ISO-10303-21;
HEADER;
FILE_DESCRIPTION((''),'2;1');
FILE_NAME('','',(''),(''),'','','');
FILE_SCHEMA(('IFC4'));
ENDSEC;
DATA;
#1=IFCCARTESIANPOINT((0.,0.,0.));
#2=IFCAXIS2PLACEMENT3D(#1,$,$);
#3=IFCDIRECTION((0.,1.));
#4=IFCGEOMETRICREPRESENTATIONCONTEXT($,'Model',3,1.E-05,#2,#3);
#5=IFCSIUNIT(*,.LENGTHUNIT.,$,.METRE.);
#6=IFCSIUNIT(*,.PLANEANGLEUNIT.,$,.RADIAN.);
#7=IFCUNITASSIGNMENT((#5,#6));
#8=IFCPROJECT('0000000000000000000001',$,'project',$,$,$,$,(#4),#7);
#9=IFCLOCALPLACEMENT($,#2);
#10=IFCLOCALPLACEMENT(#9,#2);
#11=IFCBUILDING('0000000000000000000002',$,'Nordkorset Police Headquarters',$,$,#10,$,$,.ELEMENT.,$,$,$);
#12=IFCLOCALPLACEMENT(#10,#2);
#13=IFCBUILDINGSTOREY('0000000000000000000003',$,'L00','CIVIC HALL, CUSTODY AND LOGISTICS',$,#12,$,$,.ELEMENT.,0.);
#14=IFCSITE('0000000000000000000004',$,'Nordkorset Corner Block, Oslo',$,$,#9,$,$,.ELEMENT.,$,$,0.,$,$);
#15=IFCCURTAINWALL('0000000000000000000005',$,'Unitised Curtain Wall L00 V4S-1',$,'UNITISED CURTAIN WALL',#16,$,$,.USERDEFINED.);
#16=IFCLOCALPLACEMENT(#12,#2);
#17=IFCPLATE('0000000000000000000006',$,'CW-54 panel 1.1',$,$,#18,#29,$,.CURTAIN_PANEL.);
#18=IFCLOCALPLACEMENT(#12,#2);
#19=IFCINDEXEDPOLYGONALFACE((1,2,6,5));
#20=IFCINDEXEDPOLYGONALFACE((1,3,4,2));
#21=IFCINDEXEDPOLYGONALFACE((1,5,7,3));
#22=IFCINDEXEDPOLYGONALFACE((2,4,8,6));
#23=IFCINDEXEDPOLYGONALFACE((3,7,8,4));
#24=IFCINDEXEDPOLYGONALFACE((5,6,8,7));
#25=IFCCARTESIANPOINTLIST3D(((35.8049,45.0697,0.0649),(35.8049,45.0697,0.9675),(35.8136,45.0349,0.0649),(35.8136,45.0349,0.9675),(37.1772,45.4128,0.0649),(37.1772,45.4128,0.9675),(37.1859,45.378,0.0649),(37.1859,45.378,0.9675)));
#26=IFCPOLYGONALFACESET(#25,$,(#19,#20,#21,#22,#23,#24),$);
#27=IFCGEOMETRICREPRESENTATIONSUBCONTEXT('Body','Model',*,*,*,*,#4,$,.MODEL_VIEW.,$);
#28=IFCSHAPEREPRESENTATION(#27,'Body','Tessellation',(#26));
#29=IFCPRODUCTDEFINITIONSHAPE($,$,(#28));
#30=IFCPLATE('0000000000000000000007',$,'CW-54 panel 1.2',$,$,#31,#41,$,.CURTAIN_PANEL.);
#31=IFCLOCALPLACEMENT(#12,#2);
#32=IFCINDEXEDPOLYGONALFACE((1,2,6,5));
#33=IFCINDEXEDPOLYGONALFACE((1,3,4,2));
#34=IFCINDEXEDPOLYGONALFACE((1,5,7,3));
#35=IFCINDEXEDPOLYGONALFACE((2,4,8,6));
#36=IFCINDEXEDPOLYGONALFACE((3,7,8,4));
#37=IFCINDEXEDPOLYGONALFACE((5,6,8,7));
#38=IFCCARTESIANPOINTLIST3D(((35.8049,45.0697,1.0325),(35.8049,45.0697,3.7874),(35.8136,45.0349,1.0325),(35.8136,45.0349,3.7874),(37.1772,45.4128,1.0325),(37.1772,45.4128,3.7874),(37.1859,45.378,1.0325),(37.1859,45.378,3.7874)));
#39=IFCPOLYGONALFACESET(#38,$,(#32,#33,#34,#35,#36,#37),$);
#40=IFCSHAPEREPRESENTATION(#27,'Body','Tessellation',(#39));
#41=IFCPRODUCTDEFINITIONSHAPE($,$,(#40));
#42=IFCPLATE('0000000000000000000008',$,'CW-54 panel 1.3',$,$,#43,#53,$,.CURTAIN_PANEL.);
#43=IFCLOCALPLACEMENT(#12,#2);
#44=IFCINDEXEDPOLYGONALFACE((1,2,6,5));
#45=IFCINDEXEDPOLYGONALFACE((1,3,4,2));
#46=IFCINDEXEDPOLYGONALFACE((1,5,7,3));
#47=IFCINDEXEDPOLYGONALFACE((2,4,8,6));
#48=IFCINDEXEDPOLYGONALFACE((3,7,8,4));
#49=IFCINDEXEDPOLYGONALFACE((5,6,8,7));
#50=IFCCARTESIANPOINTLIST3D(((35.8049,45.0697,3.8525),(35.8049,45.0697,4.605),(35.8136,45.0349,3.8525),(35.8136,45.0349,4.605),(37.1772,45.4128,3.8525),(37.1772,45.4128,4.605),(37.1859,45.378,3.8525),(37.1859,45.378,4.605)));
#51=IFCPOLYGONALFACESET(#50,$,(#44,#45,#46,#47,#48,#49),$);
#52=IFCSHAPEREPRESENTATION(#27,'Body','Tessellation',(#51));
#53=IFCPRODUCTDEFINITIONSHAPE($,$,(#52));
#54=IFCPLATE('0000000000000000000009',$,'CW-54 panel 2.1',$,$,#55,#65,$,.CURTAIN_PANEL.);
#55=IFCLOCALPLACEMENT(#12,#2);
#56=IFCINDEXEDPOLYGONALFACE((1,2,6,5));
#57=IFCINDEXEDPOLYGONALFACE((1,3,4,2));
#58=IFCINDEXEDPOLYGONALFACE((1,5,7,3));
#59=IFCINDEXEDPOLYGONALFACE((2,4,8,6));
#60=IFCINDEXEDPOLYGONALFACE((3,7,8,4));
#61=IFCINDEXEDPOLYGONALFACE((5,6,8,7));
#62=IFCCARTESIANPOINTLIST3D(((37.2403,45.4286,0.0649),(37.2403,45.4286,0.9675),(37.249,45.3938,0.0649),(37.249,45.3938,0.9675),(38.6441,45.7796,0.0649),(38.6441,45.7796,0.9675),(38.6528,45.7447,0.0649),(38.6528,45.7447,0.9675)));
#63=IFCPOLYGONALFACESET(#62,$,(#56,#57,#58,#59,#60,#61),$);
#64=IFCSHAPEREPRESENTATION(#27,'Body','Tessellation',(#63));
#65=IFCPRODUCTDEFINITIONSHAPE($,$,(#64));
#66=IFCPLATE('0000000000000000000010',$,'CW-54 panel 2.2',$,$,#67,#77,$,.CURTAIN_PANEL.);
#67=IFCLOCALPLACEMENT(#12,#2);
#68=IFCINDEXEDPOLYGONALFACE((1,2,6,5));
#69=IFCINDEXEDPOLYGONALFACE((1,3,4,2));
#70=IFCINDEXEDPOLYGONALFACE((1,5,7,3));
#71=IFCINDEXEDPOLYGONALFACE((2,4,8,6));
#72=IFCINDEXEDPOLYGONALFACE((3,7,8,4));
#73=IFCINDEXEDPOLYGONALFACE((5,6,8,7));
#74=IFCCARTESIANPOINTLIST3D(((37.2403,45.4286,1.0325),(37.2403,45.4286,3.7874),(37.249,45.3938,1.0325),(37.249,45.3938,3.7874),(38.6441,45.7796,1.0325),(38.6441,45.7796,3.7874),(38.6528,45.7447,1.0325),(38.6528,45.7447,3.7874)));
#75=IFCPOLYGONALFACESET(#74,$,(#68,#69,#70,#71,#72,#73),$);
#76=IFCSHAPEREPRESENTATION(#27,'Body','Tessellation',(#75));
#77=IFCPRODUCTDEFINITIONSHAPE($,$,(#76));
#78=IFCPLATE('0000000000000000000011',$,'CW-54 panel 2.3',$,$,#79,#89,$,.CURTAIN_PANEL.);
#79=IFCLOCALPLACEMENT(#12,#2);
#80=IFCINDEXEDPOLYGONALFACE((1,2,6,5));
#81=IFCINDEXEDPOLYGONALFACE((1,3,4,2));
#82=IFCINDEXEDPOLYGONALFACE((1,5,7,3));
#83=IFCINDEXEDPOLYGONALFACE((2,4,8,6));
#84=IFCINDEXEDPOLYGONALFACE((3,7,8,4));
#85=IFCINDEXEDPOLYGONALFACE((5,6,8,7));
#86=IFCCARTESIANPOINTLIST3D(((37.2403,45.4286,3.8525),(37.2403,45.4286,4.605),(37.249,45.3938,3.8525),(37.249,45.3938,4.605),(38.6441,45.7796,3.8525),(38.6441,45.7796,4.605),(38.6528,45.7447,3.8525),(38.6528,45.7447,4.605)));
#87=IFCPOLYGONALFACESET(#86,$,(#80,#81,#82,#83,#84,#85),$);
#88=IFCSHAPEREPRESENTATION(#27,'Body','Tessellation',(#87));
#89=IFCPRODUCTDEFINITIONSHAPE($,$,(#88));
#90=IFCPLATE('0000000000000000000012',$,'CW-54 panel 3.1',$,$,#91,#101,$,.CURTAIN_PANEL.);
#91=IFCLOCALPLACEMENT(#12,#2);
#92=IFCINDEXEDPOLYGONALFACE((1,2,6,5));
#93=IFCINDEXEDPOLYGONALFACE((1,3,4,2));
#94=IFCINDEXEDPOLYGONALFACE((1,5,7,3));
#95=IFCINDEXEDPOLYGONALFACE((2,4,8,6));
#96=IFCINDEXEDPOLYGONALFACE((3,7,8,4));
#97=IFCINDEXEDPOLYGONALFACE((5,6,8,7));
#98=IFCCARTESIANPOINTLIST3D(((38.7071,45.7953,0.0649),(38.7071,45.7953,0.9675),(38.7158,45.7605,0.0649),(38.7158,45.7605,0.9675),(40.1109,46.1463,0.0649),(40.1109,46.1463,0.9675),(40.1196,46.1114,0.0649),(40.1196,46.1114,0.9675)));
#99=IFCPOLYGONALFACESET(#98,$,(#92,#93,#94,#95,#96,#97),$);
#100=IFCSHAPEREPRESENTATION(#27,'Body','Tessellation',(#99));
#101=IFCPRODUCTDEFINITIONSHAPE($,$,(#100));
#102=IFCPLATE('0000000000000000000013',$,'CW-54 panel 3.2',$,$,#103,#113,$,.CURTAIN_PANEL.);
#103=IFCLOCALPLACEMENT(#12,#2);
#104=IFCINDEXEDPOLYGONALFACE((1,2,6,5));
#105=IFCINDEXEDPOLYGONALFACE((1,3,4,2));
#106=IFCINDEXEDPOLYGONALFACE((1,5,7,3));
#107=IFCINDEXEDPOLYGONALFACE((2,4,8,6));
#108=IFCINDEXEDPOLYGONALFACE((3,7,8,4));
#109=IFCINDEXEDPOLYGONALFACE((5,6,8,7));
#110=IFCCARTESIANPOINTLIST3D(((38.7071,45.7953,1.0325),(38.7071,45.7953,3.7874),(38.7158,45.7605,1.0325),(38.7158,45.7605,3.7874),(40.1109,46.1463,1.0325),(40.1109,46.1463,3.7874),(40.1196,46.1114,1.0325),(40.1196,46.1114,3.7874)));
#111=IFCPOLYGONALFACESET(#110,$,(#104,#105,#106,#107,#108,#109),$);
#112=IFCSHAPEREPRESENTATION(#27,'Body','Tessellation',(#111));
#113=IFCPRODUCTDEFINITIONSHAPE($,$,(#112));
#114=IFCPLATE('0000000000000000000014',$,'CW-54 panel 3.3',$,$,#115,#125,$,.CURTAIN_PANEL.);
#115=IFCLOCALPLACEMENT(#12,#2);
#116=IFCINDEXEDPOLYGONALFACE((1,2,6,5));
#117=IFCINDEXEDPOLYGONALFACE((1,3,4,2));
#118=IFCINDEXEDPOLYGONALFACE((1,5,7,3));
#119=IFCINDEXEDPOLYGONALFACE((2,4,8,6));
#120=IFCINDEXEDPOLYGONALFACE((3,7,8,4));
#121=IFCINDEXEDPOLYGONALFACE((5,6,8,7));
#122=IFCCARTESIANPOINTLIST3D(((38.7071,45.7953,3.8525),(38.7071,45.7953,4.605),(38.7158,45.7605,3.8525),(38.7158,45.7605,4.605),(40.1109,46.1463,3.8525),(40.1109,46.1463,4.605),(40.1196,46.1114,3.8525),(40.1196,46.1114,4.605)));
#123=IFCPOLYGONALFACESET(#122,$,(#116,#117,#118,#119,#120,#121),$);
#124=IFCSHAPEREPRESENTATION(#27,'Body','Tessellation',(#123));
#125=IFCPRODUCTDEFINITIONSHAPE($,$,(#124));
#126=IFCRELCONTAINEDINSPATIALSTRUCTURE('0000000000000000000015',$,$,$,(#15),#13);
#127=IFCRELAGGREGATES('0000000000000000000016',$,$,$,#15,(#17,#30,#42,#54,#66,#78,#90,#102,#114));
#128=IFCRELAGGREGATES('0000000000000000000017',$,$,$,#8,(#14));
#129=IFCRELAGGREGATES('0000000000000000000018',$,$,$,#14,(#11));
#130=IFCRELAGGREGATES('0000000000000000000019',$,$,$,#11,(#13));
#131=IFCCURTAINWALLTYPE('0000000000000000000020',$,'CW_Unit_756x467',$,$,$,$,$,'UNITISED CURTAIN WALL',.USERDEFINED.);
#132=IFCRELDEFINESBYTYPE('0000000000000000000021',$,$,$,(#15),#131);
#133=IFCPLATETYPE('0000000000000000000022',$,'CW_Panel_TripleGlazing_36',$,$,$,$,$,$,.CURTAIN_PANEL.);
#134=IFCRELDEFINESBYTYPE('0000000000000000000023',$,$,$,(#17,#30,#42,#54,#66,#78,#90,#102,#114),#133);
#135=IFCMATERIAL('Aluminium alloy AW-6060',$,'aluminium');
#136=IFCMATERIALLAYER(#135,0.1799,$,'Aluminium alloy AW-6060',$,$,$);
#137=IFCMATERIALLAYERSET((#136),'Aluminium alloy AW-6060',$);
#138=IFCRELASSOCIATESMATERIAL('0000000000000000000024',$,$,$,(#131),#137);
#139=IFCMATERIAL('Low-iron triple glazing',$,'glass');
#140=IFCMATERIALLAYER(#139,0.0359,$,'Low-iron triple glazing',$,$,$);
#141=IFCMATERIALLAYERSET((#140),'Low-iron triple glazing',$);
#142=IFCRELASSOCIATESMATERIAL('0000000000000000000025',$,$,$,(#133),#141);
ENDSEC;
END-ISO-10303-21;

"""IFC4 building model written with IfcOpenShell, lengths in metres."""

from ifc_helpers import new_model, si_unit, direction, frame, origin, origin_2d, place, context, subcontext, project, spatial, rectangle, extrude, material, layer, layer_set, type_object, element, aggregate, save


model = new_model("IFC4")

# Units and contexts
model_context = context("Model", 3, precision=1e-05, world=origin(), true_north=direction((0.0, 1.0)))
body_context = subcontext(model_context, "Body", "Model", "MODEL_VIEW")
ifc_project = project(units=[si_unit("LENGTHUNIT", "METRE"), si_unit("PLANEANGLEUNIT", "RADIAN")], contexts=[model_context])

# Site, building, storey
site_placement = place(None, origin())
site = spatial("IfcSite", under=ifc_project, at=site_placement, Name="Nordkorset Corner Block, Oslo", CompositionType="ELEMENT", RefElevation=0.0)
building_placement = place(site_placement, origin())
building = spatial("IfcBuilding", under=site, at=building_placement, Name="Nordkorset Police Headquarters", CompositionType="ELEMENT")
storey_placement = place(building_placement, origin())
storey = spatial("IfcBuildingStorey", under=building, at=storey_placement, Name="L00", Description="CIVIC HALL, CUSTODY AND LOGISTICS", CompositionType="ELEMENT", Elevation=0.0)

# Curtain wall, plates
ifc_material_1 = material(Name="Aluminium alloy AW-6060", Category="aluminium")
ifc_layer_1 = layer(ifc_material_1, 0.1799, Name="Aluminium alloy AW-6060")
ifc_layer_set_1 = layer_set([ifc_layer_1], Name="Aluminium alloy AW-6060")
curtain_wall_type = type_object("IfcCurtainWallType", Name="CW_Unit_756x467", ElementType="UNITISED CURTAIN WALL", PredefinedType="USERDEFINED", material=ifc_layer_set_1)
curtain_wall_placement = place(storey_placement, origin())
curtain_wall = element("IfcCurtainWall", 1, at=curtain_wall_placement, inside=storey, type_object=curtain_wall_type, Name="Unitised Curtain Wall L00 V4S-1", ObjectType="UNITISED CURTAIN WALL", PredefinedType="USERDEFINED")
ifc_material_2 = material(Name="Low-iron triple glazing", Category="glass")
ifc_layer_2 = layer(ifc_material_2, 0.0359, Name="Low-iron triple glazing")
ifc_layer_set_2 = layer_set([ifc_layer_2], Name="Low-iron triple glazing")
plate_type = type_object("IfcPlateType", Name="CW_Panel_TripleGlazing_36", PredefinedType="CURTAIN_PANEL", material=ifc_layer_set_2)
plate_1_placement = place(storey_placement, frame((36.4954, 45.2239, 0.0649), z_axis=(0.0, 0.0, 1.0), x_axis=(0.970143, 0.242536, 0.0)))
plate_1 = element("IfcPlate", 2, at=plate_1_placement, type_object=plate_type, Name="CW-54 panel 1.1", PredefinedType="CURTAIN_PANEL", context=body_context, shape_type="SweptSolid", body=[
    extrude(rectangle(XDim=1.4146, YDim=0.0359, at=origin_2d()), origin(), (0.0, 0.0, 1.0), 0.9026),
])
plate_2_placement = place(storey_placement, frame((36.4954, 45.2239, 1.0325), z_axis=(0.0, 0.0, 1.0), x_axis=(0.970143, 0.242536, 0.0)))
plate_2 = element("IfcPlate", 3, at=plate_2_placement, type_object=plate_type, Name="CW-54 panel 1.2", PredefinedType="CURTAIN_PANEL", context=body_context, shape_type="SweptSolid", body=[
    extrude(rectangle(XDim=1.4146, YDim=0.0359, at=origin_2d()), origin(), (0.0, 0.0, 1.0), 2.7549),
])
plate_3_placement = place(storey_placement, frame((36.4954, 45.2239, 3.8525), z_axis=(0.0, 0.0, 1.0), x_axis=(0.970143, 0.242536, 0.0)))
plate_3 = element("IfcPlate", 4, at=plate_3_placement, type_object=plate_type, Name="CW-54 panel 1.3", PredefinedType="CURTAIN_PANEL", context=body_context, shape_type="SweptSolid", body=[
    extrude(rectangle(XDim=1.4146, YDim=0.0359, at=origin_2d()), origin(), (0.0, 0.0, 1.0), 0.7524),
])
plate_4_placement = place(storey_placement, frame((37.9465, 45.5867, 0.0649), z_axis=(0.0, 0.0, 1.0), x_axis=(0.970143, 0.242536, 0.0)))
plate_4 = element("IfcPlate", 5, at=plate_4_placement, type_object=plate_type, Name="CW-54 panel 2.1", PredefinedType="CURTAIN_PANEL", context=body_context, shape_type="SweptSolid", body=[
    extrude(rectangle(XDim=1.447, YDim=0.0359, at=origin_2d()), origin(), (0.0, 0.0, 1.0), 0.9026),
])
plate_5_placement = place(storey_placement, frame((37.9465, 45.5867, 1.0325), z_axis=(0.0, 0.0, 1.0), x_axis=(0.970143, 0.242536, 0.0)))
plate_5 = element("IfcPlate", 6, at=plate_5_placement, type_object=plate_type, Name="CW-54 panel 2.2", PredefinedType="CURTAIN_PANEL", context=body_context, shape_type="SweptSolid", body=[
    extrude(rectangle(XDim=1.447, YDim=0.0359, at=origin_2d()), origin(), (0.0, 0.0, 1.0), 2.7549),
])
plate_6_placement = place(storey_placement, frame((37.9465, 45.5867, 3.8525), z_axis=(0.0, 0.0, 1.0), x_axis=(0.970143, 0.242536, 0.0)))
plate_6 = element("IfcPlate", 7, at=plate_6_placement, type_object=plate_type, Name="CW-54 panel 2.3", PredefinedType="CURTAIN_PANEL", context=body_context, shape_type="SweptSolid", body=[
    extrude(rectangle(XDim=1.447, YDim=0.0359, at=origin_2d()), origin(), (0.0, 0.0, 1.0), 0.7524),
])
plate_7_placement = place(storey_placement, frame((39.4133, 45.9534, 0.0649), z_axis=(0.0, 0.0, 1.0), x_axis=(0.970143, 0.242536, 0.0)))
plate_7 = element("IfcPlate", 8, at=plate_7_placement, type_object=plate_type, Name="CW-54 panel 3.1", PredefinedType="CURTAIN_PANEL", context=body_context, shape_type="SweptSolid", body=[
    extrude(rectangle(XDim=1.447, YDim=0.0359, at=origin_2d()), origin(), (0.0, 0.0, 1.0), 0.9026),
])
plate_8_placement = place(storey_placement, frame((39.4133, 45.9534, 1.0325), z_axis=(0.0, 0.0, 1.0), x_axis=(0.970143, 0.242536, 0.0)))
plate_8 = element("IfcPlate", 9, at=plate_8_placement, type_object=plate_type, Name="CW-54 panel 3.2", PredefinedType="CURTAIN_PANEL", context=body_context, shape_type="SweptSolid", body=[
    extrude(rectangle(XDim=1.447, YDim=0.0359, at=origin_2d()), origin(), (0.0, 0.0, 1.0), 2.7549),
])
plate_9_placement = place(storey_placement, frame((39.4133, 45.9534, 3.8525), z_axis=(0.0, 0.0, 1.0), x_axis=(0.970143, 0.242536, 0.0)))
plate_9 = element("IfcPlate", 10, at=plate_9_placement, type_object=plate_type, Name="CW-54 panel 3.3", PredefinedType="CURTAIN_PANEL", context=body_context, shape_type="SweptSolid", body=[
    extrude(rectangle(XDim=1.447, YDim=0.0359, at=origin_2d()), origin(), (0.0, 0.0, 1.0), 0.7524),
])
aggregate(curtain_wall, [plate_1, plate_2, plate_3, plate_4, plate_5, plate_6, plate_7, plate_8, plate_9])

save(model, "model.ifc")
